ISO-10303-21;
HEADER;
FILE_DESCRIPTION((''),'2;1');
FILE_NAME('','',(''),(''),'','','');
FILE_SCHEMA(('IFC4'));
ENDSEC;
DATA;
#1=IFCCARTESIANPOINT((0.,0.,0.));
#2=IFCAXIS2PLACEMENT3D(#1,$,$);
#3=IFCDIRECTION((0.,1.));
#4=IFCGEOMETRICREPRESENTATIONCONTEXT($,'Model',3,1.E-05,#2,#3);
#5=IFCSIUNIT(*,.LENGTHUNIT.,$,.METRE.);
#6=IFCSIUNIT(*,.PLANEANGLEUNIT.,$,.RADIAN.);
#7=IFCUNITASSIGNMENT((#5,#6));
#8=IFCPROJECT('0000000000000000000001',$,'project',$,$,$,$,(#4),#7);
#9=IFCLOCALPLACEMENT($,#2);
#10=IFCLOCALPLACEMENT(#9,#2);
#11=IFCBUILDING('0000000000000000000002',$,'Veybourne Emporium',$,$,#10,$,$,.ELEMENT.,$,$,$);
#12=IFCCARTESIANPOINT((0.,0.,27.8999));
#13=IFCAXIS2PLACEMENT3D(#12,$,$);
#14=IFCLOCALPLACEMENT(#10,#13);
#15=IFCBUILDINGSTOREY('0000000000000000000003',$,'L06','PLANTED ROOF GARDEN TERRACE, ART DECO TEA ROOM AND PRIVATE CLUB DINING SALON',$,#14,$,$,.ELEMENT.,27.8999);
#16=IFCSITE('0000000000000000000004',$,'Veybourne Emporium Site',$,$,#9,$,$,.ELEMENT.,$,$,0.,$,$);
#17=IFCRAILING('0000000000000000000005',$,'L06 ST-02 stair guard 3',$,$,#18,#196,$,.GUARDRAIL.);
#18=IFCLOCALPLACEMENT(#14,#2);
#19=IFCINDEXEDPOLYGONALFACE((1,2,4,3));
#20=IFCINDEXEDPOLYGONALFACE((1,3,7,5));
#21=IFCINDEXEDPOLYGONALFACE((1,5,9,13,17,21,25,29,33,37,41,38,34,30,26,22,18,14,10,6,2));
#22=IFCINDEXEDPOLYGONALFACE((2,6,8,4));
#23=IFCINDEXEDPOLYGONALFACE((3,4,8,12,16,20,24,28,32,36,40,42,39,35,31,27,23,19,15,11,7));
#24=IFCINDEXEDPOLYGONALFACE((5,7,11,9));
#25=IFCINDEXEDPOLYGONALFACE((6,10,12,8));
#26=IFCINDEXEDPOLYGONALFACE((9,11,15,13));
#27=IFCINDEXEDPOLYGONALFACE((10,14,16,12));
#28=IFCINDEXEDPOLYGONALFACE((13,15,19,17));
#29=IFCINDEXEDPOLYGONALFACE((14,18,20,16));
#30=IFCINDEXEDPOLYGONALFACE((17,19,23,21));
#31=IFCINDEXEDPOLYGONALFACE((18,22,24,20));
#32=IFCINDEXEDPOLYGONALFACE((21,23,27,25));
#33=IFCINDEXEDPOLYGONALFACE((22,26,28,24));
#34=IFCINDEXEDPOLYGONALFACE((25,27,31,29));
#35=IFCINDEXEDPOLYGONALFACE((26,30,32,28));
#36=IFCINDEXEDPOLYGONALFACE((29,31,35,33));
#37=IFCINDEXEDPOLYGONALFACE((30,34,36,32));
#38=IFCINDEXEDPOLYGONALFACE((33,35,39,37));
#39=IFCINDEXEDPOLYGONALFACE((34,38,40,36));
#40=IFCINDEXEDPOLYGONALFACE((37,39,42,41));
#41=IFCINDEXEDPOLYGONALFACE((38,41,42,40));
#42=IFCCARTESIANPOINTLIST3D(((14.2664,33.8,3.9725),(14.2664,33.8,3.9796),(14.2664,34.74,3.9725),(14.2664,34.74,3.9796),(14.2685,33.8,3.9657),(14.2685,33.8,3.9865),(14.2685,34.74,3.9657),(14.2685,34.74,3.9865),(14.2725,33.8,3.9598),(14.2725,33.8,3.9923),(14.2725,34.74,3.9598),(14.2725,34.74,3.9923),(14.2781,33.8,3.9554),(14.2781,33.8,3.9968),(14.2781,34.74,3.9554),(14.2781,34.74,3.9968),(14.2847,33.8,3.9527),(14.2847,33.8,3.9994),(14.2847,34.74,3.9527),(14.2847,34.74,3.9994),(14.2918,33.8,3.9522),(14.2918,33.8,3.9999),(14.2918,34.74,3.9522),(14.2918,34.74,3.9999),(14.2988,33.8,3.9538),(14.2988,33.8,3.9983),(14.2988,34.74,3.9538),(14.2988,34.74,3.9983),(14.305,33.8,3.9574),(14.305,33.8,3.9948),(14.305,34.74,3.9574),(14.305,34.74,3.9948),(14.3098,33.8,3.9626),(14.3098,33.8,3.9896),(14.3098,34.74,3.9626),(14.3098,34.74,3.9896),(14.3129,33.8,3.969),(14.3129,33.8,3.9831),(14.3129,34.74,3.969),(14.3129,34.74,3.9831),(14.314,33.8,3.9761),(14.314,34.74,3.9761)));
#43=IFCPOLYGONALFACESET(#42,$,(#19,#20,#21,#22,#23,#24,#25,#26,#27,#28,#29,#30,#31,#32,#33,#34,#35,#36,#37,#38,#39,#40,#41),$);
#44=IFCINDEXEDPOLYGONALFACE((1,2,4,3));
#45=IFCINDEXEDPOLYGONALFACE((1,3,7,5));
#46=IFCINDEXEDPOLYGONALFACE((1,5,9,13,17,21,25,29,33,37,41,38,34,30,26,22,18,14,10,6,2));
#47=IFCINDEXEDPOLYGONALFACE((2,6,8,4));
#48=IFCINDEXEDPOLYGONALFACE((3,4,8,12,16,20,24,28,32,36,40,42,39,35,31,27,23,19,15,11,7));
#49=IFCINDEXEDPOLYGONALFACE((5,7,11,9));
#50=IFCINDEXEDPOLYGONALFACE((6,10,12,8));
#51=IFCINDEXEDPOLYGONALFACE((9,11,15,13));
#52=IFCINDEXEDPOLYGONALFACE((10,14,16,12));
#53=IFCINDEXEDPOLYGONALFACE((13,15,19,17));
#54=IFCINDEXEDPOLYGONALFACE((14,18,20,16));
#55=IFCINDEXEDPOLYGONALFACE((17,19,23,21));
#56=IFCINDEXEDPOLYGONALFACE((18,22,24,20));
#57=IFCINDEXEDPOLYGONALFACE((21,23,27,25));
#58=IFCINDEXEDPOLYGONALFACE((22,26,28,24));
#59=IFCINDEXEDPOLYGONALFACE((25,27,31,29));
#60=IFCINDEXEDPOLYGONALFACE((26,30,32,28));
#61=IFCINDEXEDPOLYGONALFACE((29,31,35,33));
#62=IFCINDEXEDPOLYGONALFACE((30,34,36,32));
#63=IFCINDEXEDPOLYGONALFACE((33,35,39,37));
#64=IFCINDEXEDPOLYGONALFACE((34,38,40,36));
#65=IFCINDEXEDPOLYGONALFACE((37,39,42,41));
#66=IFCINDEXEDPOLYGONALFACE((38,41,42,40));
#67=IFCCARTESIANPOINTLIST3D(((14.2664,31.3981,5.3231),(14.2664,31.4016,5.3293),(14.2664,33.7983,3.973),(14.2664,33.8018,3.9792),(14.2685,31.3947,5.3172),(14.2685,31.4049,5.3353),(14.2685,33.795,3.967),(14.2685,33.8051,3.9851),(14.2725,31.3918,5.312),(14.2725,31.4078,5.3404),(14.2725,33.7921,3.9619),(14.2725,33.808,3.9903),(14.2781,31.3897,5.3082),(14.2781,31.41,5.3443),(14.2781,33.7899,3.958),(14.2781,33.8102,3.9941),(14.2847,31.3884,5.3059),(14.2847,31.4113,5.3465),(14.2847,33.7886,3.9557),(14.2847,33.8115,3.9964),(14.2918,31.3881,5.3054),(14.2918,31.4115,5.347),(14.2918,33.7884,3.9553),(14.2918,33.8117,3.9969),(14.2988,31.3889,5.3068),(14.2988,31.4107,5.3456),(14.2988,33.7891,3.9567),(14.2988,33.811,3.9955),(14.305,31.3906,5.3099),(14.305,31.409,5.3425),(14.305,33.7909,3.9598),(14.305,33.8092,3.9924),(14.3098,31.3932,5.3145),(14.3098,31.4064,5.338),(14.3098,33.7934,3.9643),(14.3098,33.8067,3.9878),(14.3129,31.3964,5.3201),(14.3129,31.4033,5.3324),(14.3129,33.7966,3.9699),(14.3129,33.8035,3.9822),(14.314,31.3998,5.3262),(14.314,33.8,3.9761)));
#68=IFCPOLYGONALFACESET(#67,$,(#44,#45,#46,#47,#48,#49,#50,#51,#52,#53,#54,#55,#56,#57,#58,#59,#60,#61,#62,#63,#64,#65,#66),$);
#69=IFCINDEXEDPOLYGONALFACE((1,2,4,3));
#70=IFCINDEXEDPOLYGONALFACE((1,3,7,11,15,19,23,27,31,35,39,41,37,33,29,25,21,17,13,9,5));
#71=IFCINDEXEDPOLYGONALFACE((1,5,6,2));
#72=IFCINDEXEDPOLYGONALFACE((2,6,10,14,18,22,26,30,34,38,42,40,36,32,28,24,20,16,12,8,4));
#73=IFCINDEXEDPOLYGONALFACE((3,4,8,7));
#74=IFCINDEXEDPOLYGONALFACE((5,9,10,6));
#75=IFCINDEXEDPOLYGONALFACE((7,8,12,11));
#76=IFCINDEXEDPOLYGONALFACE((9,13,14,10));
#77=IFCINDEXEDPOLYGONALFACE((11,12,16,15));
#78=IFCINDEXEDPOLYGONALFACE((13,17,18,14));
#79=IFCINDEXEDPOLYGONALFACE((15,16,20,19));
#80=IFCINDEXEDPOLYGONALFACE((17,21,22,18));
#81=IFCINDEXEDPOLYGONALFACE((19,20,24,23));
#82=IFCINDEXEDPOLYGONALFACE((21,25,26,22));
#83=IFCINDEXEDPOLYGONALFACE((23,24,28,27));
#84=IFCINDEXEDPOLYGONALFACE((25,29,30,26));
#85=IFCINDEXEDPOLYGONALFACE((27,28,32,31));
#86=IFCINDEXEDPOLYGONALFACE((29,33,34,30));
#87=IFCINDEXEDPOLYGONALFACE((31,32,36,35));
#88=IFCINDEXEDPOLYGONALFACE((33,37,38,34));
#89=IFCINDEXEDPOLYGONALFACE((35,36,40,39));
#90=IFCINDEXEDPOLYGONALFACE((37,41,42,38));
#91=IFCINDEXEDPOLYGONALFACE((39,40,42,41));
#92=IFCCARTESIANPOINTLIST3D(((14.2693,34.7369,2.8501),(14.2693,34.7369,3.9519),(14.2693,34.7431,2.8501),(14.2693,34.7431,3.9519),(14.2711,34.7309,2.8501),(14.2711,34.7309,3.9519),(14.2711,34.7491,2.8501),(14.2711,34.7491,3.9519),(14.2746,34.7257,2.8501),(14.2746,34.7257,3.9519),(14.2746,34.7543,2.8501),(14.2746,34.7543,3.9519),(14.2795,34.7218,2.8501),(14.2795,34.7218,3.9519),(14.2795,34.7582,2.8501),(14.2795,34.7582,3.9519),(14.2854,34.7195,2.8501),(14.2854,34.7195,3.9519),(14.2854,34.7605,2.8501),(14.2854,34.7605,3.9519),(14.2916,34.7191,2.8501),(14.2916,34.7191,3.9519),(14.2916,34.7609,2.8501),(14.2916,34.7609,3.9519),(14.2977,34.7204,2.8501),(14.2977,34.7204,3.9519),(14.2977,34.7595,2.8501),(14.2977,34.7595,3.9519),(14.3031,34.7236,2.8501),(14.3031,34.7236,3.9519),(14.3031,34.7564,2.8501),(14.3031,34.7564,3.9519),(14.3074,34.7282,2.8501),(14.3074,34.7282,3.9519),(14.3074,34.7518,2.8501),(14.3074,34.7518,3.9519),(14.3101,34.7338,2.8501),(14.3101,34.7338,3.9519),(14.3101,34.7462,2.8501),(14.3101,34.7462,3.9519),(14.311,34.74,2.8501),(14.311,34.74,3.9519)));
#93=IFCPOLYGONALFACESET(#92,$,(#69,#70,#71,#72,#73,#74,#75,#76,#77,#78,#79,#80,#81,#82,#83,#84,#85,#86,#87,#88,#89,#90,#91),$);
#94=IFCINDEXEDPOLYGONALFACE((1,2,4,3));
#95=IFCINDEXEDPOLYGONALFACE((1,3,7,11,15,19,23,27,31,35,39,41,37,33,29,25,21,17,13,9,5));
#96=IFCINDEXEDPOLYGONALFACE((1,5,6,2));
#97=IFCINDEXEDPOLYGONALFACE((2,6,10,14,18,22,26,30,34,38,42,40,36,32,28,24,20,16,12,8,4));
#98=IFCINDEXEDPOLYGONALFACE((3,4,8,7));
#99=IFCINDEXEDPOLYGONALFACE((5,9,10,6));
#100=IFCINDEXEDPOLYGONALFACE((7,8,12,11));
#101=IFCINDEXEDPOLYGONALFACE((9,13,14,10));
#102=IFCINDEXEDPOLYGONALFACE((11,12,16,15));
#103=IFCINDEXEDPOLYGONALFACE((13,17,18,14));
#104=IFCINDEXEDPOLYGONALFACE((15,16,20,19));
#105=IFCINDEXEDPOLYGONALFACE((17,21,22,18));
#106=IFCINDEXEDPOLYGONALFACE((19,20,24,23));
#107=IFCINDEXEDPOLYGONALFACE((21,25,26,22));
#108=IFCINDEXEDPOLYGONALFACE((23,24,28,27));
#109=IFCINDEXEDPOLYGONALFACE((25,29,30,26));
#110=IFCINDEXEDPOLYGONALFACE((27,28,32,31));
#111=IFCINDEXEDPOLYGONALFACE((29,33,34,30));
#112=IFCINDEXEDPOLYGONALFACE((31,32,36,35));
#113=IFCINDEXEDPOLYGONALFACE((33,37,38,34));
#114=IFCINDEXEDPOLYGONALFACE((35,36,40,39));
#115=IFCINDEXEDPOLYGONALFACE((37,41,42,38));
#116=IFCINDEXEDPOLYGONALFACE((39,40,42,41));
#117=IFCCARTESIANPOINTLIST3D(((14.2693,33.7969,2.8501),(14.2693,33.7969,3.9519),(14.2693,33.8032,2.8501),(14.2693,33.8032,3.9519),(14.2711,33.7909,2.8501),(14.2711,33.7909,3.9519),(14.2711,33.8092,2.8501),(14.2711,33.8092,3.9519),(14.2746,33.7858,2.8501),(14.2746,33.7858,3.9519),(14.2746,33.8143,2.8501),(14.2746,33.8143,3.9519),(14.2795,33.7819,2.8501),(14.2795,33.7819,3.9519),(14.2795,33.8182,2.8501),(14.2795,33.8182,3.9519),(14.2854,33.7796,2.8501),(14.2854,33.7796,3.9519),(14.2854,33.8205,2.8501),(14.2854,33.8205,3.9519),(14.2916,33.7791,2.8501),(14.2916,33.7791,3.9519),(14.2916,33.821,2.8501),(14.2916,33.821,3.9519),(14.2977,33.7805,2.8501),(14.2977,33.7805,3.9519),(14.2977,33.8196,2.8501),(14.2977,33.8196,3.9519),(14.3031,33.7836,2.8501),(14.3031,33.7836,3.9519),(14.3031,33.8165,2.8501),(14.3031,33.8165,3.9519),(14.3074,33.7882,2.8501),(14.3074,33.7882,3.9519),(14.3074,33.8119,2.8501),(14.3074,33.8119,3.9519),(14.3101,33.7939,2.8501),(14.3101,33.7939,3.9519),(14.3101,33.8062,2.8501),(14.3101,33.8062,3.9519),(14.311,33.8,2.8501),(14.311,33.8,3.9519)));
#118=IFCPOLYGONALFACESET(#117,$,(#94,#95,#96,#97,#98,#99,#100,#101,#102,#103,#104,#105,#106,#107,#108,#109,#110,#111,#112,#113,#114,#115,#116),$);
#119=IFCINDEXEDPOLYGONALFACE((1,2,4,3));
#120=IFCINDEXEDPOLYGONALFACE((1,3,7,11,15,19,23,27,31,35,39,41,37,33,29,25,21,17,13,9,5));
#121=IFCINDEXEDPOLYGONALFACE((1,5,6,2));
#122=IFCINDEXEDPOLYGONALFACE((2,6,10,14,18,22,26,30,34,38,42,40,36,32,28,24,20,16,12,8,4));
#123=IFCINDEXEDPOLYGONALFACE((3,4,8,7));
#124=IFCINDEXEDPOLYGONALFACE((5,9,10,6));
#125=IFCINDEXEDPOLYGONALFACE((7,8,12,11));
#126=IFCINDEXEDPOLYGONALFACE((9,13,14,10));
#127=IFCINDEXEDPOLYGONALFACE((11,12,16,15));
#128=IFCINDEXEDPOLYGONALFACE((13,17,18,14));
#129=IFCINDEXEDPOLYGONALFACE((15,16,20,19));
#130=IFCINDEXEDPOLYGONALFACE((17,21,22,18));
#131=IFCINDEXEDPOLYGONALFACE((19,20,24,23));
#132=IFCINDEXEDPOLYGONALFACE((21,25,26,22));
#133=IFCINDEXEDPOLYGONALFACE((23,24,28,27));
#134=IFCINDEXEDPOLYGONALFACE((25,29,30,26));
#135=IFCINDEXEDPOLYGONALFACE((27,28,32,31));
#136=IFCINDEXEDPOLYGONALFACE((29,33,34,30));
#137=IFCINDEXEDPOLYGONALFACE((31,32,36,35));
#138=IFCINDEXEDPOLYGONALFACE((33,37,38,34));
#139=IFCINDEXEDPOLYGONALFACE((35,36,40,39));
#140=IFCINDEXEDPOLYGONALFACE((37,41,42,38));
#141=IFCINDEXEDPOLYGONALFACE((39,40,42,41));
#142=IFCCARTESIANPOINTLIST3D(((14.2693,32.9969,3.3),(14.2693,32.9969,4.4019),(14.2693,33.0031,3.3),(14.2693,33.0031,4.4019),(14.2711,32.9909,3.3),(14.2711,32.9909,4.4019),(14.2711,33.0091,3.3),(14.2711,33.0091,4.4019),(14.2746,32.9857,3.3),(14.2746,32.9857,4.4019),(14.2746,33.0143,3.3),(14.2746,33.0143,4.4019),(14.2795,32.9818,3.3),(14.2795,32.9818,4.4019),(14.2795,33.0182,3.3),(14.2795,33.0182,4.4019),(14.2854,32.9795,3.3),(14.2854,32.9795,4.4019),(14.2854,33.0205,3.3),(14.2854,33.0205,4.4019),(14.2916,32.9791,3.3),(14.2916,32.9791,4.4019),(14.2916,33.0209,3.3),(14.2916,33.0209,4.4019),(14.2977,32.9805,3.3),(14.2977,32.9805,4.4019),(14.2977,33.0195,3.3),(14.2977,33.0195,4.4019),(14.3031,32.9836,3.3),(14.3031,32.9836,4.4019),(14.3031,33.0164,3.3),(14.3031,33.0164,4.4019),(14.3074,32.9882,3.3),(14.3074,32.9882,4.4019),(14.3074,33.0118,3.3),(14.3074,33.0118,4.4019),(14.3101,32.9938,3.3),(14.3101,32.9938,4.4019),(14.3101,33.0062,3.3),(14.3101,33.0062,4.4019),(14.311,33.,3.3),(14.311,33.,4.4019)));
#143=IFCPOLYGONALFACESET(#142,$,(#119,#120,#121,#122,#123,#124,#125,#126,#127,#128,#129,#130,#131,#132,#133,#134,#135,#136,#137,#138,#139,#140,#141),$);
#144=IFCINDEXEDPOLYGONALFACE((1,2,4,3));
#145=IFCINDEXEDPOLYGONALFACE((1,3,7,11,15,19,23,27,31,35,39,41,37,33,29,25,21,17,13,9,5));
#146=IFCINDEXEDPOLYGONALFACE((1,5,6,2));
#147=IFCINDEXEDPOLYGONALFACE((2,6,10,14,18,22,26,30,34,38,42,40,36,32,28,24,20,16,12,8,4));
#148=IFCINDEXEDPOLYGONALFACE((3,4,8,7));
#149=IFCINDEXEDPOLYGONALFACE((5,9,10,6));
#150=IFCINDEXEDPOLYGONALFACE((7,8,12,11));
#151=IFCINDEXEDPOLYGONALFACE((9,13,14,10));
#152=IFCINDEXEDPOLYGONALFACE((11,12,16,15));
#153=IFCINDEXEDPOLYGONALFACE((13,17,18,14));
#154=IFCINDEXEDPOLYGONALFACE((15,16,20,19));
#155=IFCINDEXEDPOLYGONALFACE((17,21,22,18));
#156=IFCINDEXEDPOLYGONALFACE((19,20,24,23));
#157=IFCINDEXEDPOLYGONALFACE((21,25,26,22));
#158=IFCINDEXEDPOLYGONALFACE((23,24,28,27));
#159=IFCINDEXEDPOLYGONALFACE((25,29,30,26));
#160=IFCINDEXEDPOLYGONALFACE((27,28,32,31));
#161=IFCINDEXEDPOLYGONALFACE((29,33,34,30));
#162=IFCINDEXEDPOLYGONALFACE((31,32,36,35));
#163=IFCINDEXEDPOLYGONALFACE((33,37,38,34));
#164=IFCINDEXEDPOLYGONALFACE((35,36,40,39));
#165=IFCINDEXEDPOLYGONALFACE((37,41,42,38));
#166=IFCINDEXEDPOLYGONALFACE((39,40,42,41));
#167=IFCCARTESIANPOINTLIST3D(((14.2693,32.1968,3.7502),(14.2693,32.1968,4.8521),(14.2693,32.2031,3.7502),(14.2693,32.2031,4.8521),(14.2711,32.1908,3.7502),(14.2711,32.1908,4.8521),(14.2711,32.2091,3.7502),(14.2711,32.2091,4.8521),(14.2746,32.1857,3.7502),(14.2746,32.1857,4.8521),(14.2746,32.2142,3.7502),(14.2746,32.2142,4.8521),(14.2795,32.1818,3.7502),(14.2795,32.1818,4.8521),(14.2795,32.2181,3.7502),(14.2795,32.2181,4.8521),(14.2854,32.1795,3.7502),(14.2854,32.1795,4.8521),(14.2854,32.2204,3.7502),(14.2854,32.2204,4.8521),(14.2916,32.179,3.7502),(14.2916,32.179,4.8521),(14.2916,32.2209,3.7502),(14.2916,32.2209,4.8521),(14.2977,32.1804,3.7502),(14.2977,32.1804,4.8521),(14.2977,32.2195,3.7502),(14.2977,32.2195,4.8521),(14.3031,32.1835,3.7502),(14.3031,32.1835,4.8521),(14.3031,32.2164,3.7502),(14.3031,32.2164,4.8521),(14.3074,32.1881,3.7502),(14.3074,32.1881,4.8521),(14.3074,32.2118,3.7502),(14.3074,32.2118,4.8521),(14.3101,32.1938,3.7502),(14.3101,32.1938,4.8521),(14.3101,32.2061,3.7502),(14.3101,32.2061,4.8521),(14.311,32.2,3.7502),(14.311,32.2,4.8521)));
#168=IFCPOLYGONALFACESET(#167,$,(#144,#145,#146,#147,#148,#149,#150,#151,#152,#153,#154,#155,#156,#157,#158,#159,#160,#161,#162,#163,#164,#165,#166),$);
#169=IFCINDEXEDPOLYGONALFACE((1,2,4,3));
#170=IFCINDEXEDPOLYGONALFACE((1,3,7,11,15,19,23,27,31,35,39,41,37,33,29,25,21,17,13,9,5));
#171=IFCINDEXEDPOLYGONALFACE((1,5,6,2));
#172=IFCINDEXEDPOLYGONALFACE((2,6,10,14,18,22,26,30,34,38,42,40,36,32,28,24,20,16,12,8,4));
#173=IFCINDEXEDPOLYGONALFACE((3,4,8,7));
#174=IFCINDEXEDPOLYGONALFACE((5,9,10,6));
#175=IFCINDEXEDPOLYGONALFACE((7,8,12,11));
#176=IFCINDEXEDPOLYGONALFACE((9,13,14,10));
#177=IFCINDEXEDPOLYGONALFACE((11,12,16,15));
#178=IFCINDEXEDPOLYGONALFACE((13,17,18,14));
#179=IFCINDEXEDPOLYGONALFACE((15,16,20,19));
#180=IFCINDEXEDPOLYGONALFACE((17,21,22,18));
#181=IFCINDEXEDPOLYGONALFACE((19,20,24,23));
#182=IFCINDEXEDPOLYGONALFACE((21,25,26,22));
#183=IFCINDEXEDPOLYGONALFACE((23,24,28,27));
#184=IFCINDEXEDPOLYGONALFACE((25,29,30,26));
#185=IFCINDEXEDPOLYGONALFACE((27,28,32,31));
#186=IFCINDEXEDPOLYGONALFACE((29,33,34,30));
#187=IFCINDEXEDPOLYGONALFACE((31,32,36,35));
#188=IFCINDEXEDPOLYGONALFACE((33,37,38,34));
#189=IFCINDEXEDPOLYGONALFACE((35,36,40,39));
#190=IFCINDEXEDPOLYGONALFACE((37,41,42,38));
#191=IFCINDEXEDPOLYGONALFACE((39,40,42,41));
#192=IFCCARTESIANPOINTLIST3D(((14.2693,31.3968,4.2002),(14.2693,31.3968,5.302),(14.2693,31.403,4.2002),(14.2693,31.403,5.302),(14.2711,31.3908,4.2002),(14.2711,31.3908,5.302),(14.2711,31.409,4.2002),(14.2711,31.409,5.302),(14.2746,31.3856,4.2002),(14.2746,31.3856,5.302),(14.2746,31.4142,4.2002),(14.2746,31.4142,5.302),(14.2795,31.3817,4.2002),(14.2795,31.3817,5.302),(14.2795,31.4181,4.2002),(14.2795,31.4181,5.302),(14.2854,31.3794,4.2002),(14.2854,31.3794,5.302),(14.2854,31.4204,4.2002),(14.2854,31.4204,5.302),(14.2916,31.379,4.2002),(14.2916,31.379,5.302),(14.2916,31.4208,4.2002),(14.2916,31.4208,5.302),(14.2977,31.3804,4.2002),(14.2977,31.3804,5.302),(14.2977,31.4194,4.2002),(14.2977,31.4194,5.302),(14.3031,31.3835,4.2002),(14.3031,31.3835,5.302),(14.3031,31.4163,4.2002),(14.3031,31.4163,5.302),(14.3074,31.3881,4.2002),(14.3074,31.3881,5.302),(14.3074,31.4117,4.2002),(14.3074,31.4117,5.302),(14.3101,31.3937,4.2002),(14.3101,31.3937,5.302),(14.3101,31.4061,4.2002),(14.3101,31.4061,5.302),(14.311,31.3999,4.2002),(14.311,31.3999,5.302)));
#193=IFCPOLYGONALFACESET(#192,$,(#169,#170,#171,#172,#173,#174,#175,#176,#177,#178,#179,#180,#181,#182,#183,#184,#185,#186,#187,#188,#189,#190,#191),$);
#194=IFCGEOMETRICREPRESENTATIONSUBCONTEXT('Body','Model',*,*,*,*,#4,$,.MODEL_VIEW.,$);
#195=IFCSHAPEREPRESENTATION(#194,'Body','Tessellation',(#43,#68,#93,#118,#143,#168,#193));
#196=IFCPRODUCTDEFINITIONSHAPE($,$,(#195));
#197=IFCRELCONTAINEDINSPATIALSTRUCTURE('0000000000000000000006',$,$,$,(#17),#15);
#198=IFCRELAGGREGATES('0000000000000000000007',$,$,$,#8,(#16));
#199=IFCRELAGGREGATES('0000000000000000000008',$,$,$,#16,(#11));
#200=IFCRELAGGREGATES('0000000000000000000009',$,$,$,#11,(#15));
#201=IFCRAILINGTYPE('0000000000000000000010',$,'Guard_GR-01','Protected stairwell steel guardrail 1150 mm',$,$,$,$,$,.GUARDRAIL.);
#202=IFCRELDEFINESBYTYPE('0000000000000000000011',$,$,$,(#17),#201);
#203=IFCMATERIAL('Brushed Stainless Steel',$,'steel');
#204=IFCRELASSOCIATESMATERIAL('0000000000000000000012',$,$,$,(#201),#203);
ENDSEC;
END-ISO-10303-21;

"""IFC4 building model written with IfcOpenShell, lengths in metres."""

from ifc_helpers import new_model, si_unit, direction, frame, origin, origin_2d, place, context, subcontext, project, spatial, circle, extrude, material, type_object, element, save


model = new_model("IFC4")

# Units and contexts
model_context = context("Model", 3, precision=1e-05, world=origin(), true_north=direction((0.0, 1.0)))
body_context = subcontext(model_context, "Body", "Model", "MODEL_VIEW")
ifc_project = project(units=[si_unit("LENGTHUNIT", "METRE"), si_unit("PLANEANGLEUNIT", "RADIAN")], contexts=[model_context])

# Site, building, storey
site_placement = place(None, origin())
site = spatial("IfcSite", under=ifc_project, at=site_placement, Name="Veybourne Emporium Site", CompositionType="ELEMENT", RefElevation=0.0)
building_placement = place(site_placement, origin())
building = spatial("IfcBuilding", under=site, at=building_placement, Name="Veybourne Emporium", CompositionType="ELEMENT")
storey_placement = place(building_placement, frame((0.0, 0.0, 27.8999)))
storey = spatial("IfcBuildingStorey", under=building, at=storey_placement, Name="L06", Description="PLANTED ROOF GARDEN TERRACE, ART DECO TEA ROOM AND PRIVATE CLUB DINING SALON", CompositionType="ELEMENT", Elevation=27.8999)

# Railing
ifc_material_1 = material(Name="Brushed Stainless Steel", Category="steel")
railing_type_1 = type_object("IfcRailingType", Name="Guard_GR-01", Description="Protected stairwell steel guardrail 1150 mm", PredefinedType="GUARDRAIL", material=ifc_material_1)
railing_1_placement = place(storey_placement, frame((14.29, 34.74, 2.8501)))
element("IfcRailing", 1, at=railing_1_placement, inside=storey, type_object=railing_type_1, Name="L06 ST-02 stair guard 3", PredefinedType="GUARDRAIL", context=body_context, shape_type="SweptSolid", body=[
    extrude(circle(Radius=0.0239, at=origin_2d()), frame((0.0, 0.0, 1.126), z_axis=(0.0, -1.0, 0.0), x_axis=(1.0, 0.0, 0.0)), (0.0, 0.0, 1.0), 0.9399),
    extrude(circle(Radius=0.0239, at=origin_2d()), frame((0.0, -0.9399, 1.126), z_axis=(0.0, -0.871573, 0.490265), x_axis=(1.0, 0.0, 0.0)), (0.0, 0.0, 1.0), 2.7539),
    extrude(circle(Radius=0.021, at=origin_2d()), origin(), (0.0, 0.0, 1.0), 1.1018),
    extrude(circle(Radius=0.021, at=origin_2d()), frame((0.0, -0.9399, 0.0)), (0.0, 0.0, 1.0), 1.1018),
    extrude(circle(Radius=0.021, at=origin_2d()), frame((0.0, -1.74, 0.45)), (0.0, 0.0, 1.0), 1.1018),
    extrude(circle(Radius=0.021, at=origin_2d()), frame((0.0, -2.54, 0.9001)), (0.0, 0.0, 1.0), 1.1018),
    extrude(circle(Radius=0.021, at=origin_2d()), frame((0.0, -3.3401, 1.3501)), (0.0, 0.0, 1.0), 1.1018),
])

save(model, "model.ifc")
